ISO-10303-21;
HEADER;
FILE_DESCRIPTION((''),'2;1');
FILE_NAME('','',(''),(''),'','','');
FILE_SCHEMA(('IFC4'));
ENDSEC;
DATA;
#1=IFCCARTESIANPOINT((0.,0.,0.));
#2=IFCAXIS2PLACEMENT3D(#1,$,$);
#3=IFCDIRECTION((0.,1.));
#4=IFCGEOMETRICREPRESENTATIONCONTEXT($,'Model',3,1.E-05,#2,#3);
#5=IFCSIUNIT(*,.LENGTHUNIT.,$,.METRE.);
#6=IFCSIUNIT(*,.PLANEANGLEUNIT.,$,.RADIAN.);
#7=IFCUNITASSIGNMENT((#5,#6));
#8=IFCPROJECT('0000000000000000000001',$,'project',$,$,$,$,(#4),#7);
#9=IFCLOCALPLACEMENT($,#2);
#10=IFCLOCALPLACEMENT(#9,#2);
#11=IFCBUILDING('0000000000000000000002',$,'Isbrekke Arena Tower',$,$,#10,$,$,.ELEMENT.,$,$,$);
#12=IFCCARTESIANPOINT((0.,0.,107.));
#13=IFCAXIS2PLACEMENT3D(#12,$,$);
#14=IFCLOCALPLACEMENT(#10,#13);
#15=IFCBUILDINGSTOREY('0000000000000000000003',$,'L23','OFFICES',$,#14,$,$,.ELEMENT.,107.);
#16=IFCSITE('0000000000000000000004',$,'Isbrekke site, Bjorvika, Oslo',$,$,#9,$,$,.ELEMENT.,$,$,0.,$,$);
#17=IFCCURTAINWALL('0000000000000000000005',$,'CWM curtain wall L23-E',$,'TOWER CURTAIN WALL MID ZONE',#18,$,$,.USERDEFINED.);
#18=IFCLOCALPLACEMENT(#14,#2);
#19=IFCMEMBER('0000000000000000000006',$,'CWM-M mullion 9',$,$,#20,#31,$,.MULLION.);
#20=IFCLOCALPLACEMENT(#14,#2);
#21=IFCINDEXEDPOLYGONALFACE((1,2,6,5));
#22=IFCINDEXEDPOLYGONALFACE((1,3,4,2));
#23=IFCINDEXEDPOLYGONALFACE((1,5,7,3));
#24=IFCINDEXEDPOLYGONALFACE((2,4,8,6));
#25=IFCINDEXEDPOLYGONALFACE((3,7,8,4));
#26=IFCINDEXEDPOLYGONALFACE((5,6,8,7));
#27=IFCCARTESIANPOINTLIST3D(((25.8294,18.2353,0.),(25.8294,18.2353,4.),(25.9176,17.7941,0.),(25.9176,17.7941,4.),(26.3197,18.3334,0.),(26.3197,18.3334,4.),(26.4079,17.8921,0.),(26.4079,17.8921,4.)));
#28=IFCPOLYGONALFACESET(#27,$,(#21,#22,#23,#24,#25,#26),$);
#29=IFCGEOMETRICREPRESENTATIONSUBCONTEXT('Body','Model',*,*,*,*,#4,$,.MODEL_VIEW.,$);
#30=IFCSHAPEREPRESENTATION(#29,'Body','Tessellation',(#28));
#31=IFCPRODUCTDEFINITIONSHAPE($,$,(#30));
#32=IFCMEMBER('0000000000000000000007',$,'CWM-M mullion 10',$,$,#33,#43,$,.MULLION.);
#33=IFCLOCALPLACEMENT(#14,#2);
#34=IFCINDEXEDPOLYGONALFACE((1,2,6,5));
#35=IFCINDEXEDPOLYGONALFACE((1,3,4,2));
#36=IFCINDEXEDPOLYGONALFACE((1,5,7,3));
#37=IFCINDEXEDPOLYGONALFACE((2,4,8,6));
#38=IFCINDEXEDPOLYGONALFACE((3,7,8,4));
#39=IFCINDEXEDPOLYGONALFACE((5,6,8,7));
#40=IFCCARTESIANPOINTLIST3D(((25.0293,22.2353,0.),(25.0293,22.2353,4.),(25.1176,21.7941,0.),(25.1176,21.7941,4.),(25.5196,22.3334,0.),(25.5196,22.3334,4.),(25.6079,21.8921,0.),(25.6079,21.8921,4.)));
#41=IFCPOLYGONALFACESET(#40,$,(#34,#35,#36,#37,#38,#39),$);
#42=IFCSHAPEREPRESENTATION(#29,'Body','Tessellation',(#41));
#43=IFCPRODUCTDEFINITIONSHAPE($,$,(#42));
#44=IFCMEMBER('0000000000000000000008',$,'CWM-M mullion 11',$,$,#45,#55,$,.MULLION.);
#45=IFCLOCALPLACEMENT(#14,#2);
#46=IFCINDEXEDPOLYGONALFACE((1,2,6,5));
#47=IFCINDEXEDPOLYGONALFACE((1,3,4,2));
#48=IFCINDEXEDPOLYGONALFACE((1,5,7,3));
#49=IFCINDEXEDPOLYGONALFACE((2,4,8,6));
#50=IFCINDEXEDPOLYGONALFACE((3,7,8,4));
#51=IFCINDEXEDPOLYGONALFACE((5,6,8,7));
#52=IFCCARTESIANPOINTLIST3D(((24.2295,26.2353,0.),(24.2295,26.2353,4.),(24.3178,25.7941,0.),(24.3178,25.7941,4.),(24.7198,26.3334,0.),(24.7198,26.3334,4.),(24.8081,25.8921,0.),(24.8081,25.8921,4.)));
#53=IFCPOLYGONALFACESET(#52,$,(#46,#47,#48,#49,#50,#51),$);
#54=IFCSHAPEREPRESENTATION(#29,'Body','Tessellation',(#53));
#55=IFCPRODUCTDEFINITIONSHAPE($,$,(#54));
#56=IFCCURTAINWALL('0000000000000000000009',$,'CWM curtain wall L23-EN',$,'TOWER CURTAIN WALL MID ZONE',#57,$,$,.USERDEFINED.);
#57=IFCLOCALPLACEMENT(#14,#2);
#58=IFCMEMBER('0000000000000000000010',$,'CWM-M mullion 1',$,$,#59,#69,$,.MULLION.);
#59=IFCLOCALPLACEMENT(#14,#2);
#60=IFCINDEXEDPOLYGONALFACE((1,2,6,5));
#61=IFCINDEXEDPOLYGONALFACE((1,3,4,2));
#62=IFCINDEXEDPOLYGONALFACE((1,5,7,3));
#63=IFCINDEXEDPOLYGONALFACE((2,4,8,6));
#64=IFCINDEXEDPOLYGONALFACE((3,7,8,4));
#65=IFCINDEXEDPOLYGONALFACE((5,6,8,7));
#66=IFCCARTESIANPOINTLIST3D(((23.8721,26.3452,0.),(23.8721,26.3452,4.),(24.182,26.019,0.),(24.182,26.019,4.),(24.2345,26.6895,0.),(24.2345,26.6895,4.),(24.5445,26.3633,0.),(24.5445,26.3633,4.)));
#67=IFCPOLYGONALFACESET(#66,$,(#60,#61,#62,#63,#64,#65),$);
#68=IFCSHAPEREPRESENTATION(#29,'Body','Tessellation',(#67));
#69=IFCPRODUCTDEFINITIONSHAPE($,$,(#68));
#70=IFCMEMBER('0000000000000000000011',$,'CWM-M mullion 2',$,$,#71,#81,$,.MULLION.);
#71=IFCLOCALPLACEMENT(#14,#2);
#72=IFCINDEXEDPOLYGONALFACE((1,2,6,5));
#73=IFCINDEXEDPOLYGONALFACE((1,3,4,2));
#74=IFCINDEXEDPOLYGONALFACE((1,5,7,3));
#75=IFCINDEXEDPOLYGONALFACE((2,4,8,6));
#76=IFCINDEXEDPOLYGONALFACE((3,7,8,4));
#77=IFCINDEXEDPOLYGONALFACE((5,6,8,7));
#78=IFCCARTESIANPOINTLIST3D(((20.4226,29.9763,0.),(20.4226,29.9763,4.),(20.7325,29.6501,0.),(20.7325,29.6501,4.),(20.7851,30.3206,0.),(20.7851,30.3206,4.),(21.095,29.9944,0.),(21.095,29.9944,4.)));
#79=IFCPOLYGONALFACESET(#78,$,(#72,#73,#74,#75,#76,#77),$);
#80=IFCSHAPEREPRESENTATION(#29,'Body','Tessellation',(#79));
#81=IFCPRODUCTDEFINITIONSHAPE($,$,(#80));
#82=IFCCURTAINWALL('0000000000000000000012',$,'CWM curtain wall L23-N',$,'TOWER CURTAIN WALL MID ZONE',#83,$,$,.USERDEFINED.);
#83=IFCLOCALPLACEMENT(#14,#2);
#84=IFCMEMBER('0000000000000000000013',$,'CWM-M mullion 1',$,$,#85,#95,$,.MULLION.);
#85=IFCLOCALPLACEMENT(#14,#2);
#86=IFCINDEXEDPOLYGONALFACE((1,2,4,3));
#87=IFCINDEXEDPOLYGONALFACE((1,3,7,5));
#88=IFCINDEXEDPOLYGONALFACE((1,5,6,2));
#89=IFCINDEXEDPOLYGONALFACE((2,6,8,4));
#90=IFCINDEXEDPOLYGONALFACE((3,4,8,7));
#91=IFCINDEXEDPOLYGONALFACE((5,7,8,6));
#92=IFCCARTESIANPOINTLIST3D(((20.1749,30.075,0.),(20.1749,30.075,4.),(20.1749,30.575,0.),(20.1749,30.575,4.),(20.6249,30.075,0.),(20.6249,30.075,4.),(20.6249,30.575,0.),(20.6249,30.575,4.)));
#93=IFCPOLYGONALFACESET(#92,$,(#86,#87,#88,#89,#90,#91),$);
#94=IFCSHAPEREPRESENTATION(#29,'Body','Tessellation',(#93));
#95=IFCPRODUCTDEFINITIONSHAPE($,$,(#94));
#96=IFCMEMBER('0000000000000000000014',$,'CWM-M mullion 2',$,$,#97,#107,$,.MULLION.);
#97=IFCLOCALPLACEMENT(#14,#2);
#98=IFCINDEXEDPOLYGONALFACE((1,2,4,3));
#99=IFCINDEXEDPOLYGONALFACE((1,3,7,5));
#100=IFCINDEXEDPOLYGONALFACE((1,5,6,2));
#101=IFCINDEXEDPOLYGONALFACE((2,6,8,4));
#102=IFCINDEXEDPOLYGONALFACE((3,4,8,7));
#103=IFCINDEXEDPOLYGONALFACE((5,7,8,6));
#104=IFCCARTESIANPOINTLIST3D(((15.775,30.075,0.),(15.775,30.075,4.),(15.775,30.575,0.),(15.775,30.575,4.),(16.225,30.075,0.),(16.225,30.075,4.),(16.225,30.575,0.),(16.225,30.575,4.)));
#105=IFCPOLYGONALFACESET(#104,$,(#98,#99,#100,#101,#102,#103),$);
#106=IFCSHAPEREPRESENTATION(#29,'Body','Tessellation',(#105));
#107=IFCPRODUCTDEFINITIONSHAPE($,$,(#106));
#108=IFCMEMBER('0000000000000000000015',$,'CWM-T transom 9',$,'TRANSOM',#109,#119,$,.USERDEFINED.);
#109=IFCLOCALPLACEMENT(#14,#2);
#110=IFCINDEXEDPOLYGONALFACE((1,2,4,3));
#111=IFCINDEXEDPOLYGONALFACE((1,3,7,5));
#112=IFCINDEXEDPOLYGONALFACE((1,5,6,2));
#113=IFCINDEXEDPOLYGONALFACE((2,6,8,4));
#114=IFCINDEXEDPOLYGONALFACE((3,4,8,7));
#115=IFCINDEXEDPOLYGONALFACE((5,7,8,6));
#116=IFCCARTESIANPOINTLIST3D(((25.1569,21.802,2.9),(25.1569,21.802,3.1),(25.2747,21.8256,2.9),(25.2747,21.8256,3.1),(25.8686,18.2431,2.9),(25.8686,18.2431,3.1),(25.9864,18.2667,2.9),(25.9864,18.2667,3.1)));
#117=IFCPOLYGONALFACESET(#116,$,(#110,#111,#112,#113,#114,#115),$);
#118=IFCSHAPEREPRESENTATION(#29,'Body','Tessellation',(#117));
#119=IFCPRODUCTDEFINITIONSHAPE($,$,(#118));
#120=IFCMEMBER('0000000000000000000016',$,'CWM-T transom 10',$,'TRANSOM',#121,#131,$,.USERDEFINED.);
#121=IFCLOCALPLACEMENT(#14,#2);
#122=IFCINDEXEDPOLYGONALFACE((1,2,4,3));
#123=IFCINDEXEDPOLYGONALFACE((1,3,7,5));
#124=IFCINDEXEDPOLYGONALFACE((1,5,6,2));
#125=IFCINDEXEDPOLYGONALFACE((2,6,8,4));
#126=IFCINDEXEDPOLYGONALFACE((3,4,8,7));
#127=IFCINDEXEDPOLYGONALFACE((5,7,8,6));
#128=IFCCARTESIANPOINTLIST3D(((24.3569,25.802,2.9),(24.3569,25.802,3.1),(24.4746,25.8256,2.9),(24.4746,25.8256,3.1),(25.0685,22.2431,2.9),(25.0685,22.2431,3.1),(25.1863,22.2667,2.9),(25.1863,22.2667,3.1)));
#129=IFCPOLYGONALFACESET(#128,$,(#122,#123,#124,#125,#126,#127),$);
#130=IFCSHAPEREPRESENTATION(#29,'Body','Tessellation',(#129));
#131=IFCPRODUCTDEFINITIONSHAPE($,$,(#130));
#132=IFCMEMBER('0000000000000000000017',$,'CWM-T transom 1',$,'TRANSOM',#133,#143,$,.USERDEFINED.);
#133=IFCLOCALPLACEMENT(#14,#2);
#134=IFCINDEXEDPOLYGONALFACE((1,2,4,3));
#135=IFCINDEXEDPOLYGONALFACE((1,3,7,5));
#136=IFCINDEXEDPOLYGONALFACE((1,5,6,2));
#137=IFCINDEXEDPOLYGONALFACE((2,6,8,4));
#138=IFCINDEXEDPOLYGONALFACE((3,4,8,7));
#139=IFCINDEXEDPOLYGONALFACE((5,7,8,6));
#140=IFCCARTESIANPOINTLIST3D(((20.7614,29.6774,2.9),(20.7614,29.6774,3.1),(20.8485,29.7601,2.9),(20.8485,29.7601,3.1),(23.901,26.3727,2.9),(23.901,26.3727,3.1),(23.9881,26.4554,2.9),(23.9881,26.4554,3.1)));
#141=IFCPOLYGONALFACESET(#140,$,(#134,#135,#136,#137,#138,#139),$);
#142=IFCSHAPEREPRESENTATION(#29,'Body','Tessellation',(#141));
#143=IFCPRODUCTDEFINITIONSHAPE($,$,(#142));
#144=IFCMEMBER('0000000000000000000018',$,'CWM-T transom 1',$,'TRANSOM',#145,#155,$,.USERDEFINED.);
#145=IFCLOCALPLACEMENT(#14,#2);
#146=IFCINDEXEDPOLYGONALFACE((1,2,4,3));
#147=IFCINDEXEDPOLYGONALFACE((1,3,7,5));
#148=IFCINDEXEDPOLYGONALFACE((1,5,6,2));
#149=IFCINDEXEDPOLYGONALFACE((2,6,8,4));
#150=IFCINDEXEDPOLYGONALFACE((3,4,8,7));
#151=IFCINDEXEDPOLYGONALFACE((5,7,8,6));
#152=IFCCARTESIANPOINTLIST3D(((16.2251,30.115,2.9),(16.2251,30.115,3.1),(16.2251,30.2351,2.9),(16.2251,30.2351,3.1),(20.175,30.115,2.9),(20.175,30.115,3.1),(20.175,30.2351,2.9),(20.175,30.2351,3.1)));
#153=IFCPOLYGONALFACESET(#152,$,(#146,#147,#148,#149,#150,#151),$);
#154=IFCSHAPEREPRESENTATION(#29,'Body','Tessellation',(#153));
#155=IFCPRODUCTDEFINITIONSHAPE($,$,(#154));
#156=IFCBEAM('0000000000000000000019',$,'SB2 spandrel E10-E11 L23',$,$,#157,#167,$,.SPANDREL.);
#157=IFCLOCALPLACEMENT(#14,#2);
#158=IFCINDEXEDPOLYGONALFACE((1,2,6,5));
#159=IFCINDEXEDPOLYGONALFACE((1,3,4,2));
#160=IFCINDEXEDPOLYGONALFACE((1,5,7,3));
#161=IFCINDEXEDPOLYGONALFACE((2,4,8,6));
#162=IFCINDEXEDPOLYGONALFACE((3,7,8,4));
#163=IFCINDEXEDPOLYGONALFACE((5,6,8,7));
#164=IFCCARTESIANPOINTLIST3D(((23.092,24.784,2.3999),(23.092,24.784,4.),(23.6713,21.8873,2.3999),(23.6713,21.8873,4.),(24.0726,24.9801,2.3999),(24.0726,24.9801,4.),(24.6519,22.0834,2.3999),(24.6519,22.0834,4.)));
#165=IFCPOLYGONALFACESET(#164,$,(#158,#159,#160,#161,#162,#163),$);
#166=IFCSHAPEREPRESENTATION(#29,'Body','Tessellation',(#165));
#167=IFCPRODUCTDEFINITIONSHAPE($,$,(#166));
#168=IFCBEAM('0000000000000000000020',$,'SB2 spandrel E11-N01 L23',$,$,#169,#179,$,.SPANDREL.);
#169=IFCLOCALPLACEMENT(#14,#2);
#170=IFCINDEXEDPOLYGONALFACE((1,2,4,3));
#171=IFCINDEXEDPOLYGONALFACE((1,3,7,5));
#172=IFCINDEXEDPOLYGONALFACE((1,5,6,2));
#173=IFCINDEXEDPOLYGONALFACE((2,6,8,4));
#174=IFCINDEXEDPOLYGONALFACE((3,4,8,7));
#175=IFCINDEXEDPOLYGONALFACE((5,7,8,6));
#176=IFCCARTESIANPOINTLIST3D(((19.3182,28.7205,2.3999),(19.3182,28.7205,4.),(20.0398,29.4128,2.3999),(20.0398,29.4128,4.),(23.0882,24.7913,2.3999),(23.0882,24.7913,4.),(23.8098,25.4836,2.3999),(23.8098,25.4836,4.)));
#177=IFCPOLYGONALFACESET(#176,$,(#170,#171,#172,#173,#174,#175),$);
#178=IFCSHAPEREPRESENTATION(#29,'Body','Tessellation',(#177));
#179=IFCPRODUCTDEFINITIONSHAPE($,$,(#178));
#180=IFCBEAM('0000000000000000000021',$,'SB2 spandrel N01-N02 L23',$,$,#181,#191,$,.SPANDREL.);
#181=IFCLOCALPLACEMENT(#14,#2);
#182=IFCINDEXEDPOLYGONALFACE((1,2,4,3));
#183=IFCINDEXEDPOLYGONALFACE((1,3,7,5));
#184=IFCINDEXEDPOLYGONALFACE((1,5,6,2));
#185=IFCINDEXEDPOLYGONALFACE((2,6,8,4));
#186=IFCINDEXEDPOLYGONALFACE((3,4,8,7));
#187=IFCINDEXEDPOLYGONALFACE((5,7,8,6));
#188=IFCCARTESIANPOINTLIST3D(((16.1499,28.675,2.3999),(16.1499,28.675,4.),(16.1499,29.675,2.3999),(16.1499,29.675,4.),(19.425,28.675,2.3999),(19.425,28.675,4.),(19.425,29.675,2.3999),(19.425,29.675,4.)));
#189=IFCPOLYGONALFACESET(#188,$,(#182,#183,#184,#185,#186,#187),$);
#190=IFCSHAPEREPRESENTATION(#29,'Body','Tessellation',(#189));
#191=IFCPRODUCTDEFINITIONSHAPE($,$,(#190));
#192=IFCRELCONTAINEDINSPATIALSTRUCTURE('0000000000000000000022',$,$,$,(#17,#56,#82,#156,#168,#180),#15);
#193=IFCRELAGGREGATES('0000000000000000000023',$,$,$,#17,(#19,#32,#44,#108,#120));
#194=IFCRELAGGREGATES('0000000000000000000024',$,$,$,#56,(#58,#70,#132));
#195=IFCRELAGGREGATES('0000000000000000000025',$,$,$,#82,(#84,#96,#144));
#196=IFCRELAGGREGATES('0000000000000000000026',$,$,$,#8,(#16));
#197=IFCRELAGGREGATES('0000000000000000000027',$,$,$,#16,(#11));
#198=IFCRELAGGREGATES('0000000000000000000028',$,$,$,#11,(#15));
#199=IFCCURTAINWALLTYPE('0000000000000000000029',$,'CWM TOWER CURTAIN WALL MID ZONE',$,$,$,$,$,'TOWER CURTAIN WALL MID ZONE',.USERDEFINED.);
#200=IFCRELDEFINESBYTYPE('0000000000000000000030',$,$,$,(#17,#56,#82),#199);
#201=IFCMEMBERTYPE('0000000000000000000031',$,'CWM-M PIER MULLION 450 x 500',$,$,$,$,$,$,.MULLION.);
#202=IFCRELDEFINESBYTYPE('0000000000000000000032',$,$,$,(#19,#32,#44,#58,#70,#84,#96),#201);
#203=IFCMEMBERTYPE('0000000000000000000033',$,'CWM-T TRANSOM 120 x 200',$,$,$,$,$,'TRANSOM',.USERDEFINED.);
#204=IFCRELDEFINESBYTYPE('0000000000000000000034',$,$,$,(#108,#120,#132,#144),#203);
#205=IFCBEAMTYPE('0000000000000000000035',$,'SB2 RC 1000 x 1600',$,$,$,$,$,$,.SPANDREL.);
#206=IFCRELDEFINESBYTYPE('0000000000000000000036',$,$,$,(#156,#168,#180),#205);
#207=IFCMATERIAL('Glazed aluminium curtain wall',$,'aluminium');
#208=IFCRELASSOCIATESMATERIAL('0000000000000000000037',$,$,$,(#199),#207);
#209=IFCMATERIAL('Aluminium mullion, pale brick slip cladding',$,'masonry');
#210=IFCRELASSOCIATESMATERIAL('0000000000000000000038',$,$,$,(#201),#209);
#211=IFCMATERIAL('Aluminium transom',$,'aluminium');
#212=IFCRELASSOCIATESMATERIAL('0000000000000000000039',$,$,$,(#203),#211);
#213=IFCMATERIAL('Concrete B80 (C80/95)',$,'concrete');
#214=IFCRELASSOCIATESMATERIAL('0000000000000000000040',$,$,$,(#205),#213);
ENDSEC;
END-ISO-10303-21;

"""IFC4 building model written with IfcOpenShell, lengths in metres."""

from ifc_helpers import new_model, si_unit, direction, frame, origin, origin_2d, place, context, subcontext, project, spatial, rectangle, extrude, material, material_profile, profile_set, type_object, element, aggregate, save


model = new_model("IFC4")

# Units and contexts
model_context = context("Model", 3, precision=1e-05, world=origin(), true_north=direction((0.0, 1.0)))
body_context = subcontext(model_context, "Body", "Model", "MODEL_VIEW")
ifc_project = project(units=[si_unit("LENGTHUNIT", "METRE"), si_unit("PLANEANGLEUNIT", "RADIAN")], contexts=[model_context])

# Site, building, storey
site_placement = place(None, origin())
site = spatial("IfcSite", under=ifc_project, at=site_placement, Name="Isbrekke site, Bjorvika, Oslo", CompositionType="ELEMENT", RefElevation=0.0)
building_placement = place(site_placement, origin())
building = spatial("IfcBuilding", under=site, at=building_placement, Name="Isbrekke Arena Tower", CompositionType="ELEMENT")
storey_placement = place(building_placement, frame((0.0, 0.0, 107.0)))
storey = spatial("IfcBuildingStorey", under=building, at=storey_placement, Name="L23", Description="OFFICES", CompositionType="ELEMENT", Elevation=107.0)

# Curtain walls, members
ifc_material_1 = material(Name="Glazed aluminium curtain wall", Category="aluminium")
curtain_wall_type = type_object("IfcCurtainWallType", Name="CWM TOWER CURTAIN WALL MID ZONE", ElementType="TOWER CURTAIN WALL MID ZONE", PredefinedType="USERDEFINED", material=ifc_material_1)
curtain_wall_1_placement = place(storey_placement, origin())
curtain_wall_1 = element("IfcCurtainWall", 1, at=curtain_wall_1_placement, inside=storey, type_object=curtain_wall_type, Name="CWM curtain wall L23-E", ObjectType="TOWER CURTAIN WALL MID ZONE", PredefinedType="USERDEFINED")
ifc_material_2 = material(Name="Aluminium mullion, pale brick slip cladding", Category="masonry")
ifc_material_profile_1 = material_profile(ifc_material_2, rectangle(XDim=0.45, YDim=0.5, at=origin_2d()), Name="PIER 450X500")
ifc_profile_set_1 = profile_set([ifc_material_profile_1], Name="Aluminium mullion, pale brick slip cladding")
member_type_1 = type_object("IfcMemberType", Name="CWM-M PIER MULLION 450 x 500", PredefinedType="MULLION", material=ifc_profile_set_1)
member_1_placement = place(storey_placement, frame((26.1187, 18.0637, 0.0), z_axis=(0.0, 0.0, 1.0), x_axis=(-0.196116, 0.980581, 0.0)))
member_1 = element("IfcMember", 2, at=member_1_placement, type_object=member_type_1, Name="CWM-M mullion 9", PredefinedType="MULLION", context=body_context, shape_type="SweptSolid", body=[
    extrude(rectangle(XDim=0.45, YDim=0.5, at=origin_2d()), origin(), (0.0, 0.0, 1.0), 4.0),
])
member_2_placement = place(storey_placement, frame((25.3186, 22.0637, 0.0), z_axis=(0.0, 0.0, 1.0), x_axis=(-0.196116, 0.980581, 0.0)))
member_2 = element("IfcMember", 3, at=member_2_placement, type_object=member_type_1, Name="CWM-M mullion 10", PredefinedType="MULLION", context=body_context, shape_type="SweptSolid", body=[
    extrude(rectangle(XDim=0.45, YDim=0.5, at=origin_2d()), origin(), (0.0, 0.0, 1.0), 4.0),
])
member_3_placement = place(storey_placement, frame((24.5188, 26.0637, 0.0), z_axis=(0.0, 0.0, 1.0), x_axis=(-0.196116, 0.980581, 0.0)))
member_3 = element("IfcMember", 4, at=member_3_placement, type_object=member_type_1, Name="CWM-M mullion 11", PredefinedType="MULLION", context=body_context, shape_type="SweptSolid", body=[
    extrude(rectangle(XDim=0.45, YDim=0.5, at=origin_2d()), origin(), (0.0, 0.0, 1.0), 4.0),
])
curtain_wall_2_placement = place(storey_placement, origin())
curtain_wall_2 = element("IfcCurtainWall", 5, at=curtain_wall_2_placement, inside=storey, type_object=curtain_wall_type, Name="CWM curtain wall L23-EN", ObjectType="TOWER CURTAIN WALL MID ZONE", PredefinedType="USERDEFINED")
member_4_placement = place(storey_placement, frame((24.2083, 26.3542, 0.0), z_axis=(0.0, 0.0, 1.0), x_axis=(-0.688749, 0.724999, 0.0)))
member_4 = element("IfcMember", 6, at=member_4_placement, type_object=member_type_1, Name="CWM-M mullion 1", PredefinedType="MULLION", context=body_context, shape_type="SweptSolid", body=[
    extrude(rectangle(XDim=0.45, YDim=0.5, at=origin_2d()), origin(), (0.0, 0.0, 1.0), 4.0),
])
member_5_placement = place(storey_placement, frame((20.7588, 29.9854, 0.0), z_axis=(0.0, 0.0, 1.0), x_axis=(-0.688749, 0.724999, 0.0)))
member_5 = element("IfcMember", 7, at=member_5_placement, type_object=member_type_1, Name="CWM-M mullion 2", PredefinedType="MULLION", context=body_context, shape_type="SweptSolid", body=[
    extrude(rectangle(XDim=0.45, YDim=0.5, at=origin_2d()), origin(), (0.0, 0.0, 1.0), 4.0),
])
curtain_wall_3_placement = place(storey_placement, origin())
curtain_wall_3 = element("IfcCurtainWall", 8, at=curtain_wall_3_placement, inside=storey, type_object=curtain_wall_type, Name="CWM curtain wall L23-N", ObjectType="TOWER CURTAIN WALL MID ZONE", PredefinedType="USERDEFINED")
member_6_placement = place(storey_placement, frame((20.3999, 30.325, 0.0), z_axis=(0.0, 0.0, 1.0), x_axis=(-1.0, 0.0, 0.0)))
member_6 = element("IfcMember", 9, at=member_6_placement, type_object=member_type_1, Name="CWM-M mullion 1", PredefinedType="MULLION", context=body_context, shape_type="SweptSolid", body=[
    extrude(rectangle(XDim=0.45, YDim=0.5, at=origin_2d()), origin(), (0.0, 0.0, 1.0), 4.0),
])
member_7_placement = place(storey_placement, frame((16.0, 30.325, 0.0), z_axis=(0.0, 0.0, 1.0), x_axis=(-1.0, 0.0, 0.0)))
member_7 = element("IfcMember", 10, at=member_7_placement, type_object=member_type_1, Name="CWM-M mullion 2", PredefinedType="MULLION", context=body_context, shape_type="SweptSolid", body=[
    extrude(rectangle(XDim=0.45, YDim=0.5, at=origin_2d()), origin(), (0.0, 0.0, 1.0), 4.0),
])

# Members
ifc_material_3 = material(Name="Aluminium transom", Category="aluminium")
ifc_material_profile_2 = material_profile(ifc_material_3, rectangle(XDim=0.1201, YDim=0.2, at=origin_2d()), Name="TRANSOM 120X200")
ifc_profile_set_2 = profile_set([ifc_material_profile_2], Name="Aluminium transom")
member_type_2 = type_object("IfcMemberType", Name="CWM-T TRANSOM 120 x 200", ElementType="TRANSOM", PredefinedType="USERDEFINED", material=ifc_profile_set_2)
member_8_placement = place(storey_placement, frame((25.9275, 18.2549, 3.0), z_axis=(-0.19609, 0.980586, 0.0), x_axis=(-0.980586, -0.19609, 0.0)))
member_8 = element("IfcMember", 11, at=member_8_placement, type_object=member_type_2, Name="CWM-T transom 9", ObjectType="TRANSOM", PredefinedType="USERDEFINED", context=body_context, shape_type="SweptSolid", body=[
    extrude(rectangle(XDim=0.1201, YDim=0.2, at=origin_2d()), origin(), (0.0, 0.0, 1.0), 3.6294),
])
member_9_placement = place(storey_placement, frame((25.1274, 22.2549, 3.0), z_axis=(-0.19609, 0.980586, 0.0), x_axis=(-0.980586, -0.19609, 0.0)))
member_9 = element("IfcMember", 12, at=member_9_placement, type_object=member_type_2, Name="CWM-T transom 10", ObjectType="TRANSOM", PredefinedType="USERDEFINED", context=body_context, shape_type="SweptSolid", body=[
    extrude(rectangle(XDim=0.1201, YDim=0.2, at=origin_2d()), origin(), (0.0, 0.0, 1.0), 3.6294),
])
member_10_placement = place(storey_placement, frame((23.9446, 26.4141, 3.0), z_axis=(-0.688772, 0.724978, 0.0), x_axis=(-0.724978, -0.688772, 0.0)))
member_10 = element("IfcMember", 13, at=member_10_placement, type_object=member_type_2, Name="CWM-T transom 1", ObjectType="TRANSOM", PredefinedType="USERDEFINED", context=body_context, shape_type="SweptSolid", body=[
    extrude(rectangle(XDim=0.1201, YDim=0.2, at=origin_2d()), origin(), (0.0, 0.0, 1.0), 4.5583),
])
member_11_placement = place(storey_placement, frame((20.175, 30.175, 3.0), z_axis=(-1.0, 0.0, 0.0), x_axis=(0.0, -1.0, 0.0)))
member_11 = element("IfcMember", 14, at=member_11_placement, type_object=member_type_2, Name="CWM-T transom 1", ObjectType="TRANSOM", PredefinedType="USERDEFINED", context=body_context, shape_type="SweptSolid", body=[
    extrude(rectangle(XDim=0.1201, YDim=0.2, at=origin_2d()), origin(), (0.0, 0.0, 1.0), 3.95),
])

# Beams
ifc_material_4 = material(Name="Concrete B80 (C80/95)", Category="concrete")
ifc_material_profile_3 = material_profile(ifc_material_4, rectangle(XDim=1.0, YDim=1.6001, at=origin_2d()), Name="RC 1000x1600")
ifc_profile_set_3 = profile_set([ifc_material_profile_3], Name="Concrete B80 (C80/95)")
beam_type_1 = type_object("IfcBeamType", Name="SB2 RC 1000 x 1600", PredefinedType="SPANDREL", material=ifc_profile_set_3)
beam_1_placement = place(storey_placement, frame((24.1616, 21.9854, 3.2), z_axis=(-0.196116, 0.980581, 0.0), x_axis=(-0.980581, -0.196116, 0.0)))
element("IfcBeam", 15, at=beam_1_placement, inside=storey, type_object=beam_type_1, Name="SB2 spandrel E10-E11 L23", PredefinedType="SPANDREL", context=body_context, shape_type="SweptSolid", body=[
    extrude(rectangle(XDim=1.0, YDim=1.6001, at=origin_2d()), origin(), (0.0, 0.0, 1.0), 2.9541),
])
beam_2_placement = place(storey_placement, frame((23.449, 25.1375, 3.2), z_axis=(-0.69234, 0.721572, 0.0), x_axis=(-0.721572, -0.69234, 0.0)))
element("IfcBeam", 16, at=beam_2_placement, inside=storey, type_object=beam_type_1, Name="SB2 spandrel E11-N01 L23", PredefinedType="SPANDREL", context=body_context, shape_type="SweptSolid", body=[
    extrude(rectangle(XDim=1.0, YDim=1.6001, at=origin_2d()), origin(), (0.0, 0.0, 1.0), 5.4453),
])
beam_3_placement = place(storey_placement, frame((19.425, 29.175, 3.2), z_axis=(-1.0, 0.0, 0.0), x_axis=(0.0, -1.0, 0.0)))
element("IfcBeam", 17, at=beam_3_placement, inside=storey, type_object=beam_type_1, Name="SB2 spandrel N01-N02 L23", PredefinedType="SPANDREL", context=body_context, shape_type="SweptSolid", body=[
    extrude(rectangle(XDim=1.0, YDim=1.6001, at=origin_2d()), origin(), (0.0, 0.0, 1.0), 3.2751),
])

aggregate(curtain_wall_1, [member_1, member_2, member_3, member_8, member_9])
aggregate(curtain_wall_2, [member_4, member_5, member_10])
aggregate(curtain_wall_3, [member_6, member_7, member_11])

save(model, "model.ifc")
